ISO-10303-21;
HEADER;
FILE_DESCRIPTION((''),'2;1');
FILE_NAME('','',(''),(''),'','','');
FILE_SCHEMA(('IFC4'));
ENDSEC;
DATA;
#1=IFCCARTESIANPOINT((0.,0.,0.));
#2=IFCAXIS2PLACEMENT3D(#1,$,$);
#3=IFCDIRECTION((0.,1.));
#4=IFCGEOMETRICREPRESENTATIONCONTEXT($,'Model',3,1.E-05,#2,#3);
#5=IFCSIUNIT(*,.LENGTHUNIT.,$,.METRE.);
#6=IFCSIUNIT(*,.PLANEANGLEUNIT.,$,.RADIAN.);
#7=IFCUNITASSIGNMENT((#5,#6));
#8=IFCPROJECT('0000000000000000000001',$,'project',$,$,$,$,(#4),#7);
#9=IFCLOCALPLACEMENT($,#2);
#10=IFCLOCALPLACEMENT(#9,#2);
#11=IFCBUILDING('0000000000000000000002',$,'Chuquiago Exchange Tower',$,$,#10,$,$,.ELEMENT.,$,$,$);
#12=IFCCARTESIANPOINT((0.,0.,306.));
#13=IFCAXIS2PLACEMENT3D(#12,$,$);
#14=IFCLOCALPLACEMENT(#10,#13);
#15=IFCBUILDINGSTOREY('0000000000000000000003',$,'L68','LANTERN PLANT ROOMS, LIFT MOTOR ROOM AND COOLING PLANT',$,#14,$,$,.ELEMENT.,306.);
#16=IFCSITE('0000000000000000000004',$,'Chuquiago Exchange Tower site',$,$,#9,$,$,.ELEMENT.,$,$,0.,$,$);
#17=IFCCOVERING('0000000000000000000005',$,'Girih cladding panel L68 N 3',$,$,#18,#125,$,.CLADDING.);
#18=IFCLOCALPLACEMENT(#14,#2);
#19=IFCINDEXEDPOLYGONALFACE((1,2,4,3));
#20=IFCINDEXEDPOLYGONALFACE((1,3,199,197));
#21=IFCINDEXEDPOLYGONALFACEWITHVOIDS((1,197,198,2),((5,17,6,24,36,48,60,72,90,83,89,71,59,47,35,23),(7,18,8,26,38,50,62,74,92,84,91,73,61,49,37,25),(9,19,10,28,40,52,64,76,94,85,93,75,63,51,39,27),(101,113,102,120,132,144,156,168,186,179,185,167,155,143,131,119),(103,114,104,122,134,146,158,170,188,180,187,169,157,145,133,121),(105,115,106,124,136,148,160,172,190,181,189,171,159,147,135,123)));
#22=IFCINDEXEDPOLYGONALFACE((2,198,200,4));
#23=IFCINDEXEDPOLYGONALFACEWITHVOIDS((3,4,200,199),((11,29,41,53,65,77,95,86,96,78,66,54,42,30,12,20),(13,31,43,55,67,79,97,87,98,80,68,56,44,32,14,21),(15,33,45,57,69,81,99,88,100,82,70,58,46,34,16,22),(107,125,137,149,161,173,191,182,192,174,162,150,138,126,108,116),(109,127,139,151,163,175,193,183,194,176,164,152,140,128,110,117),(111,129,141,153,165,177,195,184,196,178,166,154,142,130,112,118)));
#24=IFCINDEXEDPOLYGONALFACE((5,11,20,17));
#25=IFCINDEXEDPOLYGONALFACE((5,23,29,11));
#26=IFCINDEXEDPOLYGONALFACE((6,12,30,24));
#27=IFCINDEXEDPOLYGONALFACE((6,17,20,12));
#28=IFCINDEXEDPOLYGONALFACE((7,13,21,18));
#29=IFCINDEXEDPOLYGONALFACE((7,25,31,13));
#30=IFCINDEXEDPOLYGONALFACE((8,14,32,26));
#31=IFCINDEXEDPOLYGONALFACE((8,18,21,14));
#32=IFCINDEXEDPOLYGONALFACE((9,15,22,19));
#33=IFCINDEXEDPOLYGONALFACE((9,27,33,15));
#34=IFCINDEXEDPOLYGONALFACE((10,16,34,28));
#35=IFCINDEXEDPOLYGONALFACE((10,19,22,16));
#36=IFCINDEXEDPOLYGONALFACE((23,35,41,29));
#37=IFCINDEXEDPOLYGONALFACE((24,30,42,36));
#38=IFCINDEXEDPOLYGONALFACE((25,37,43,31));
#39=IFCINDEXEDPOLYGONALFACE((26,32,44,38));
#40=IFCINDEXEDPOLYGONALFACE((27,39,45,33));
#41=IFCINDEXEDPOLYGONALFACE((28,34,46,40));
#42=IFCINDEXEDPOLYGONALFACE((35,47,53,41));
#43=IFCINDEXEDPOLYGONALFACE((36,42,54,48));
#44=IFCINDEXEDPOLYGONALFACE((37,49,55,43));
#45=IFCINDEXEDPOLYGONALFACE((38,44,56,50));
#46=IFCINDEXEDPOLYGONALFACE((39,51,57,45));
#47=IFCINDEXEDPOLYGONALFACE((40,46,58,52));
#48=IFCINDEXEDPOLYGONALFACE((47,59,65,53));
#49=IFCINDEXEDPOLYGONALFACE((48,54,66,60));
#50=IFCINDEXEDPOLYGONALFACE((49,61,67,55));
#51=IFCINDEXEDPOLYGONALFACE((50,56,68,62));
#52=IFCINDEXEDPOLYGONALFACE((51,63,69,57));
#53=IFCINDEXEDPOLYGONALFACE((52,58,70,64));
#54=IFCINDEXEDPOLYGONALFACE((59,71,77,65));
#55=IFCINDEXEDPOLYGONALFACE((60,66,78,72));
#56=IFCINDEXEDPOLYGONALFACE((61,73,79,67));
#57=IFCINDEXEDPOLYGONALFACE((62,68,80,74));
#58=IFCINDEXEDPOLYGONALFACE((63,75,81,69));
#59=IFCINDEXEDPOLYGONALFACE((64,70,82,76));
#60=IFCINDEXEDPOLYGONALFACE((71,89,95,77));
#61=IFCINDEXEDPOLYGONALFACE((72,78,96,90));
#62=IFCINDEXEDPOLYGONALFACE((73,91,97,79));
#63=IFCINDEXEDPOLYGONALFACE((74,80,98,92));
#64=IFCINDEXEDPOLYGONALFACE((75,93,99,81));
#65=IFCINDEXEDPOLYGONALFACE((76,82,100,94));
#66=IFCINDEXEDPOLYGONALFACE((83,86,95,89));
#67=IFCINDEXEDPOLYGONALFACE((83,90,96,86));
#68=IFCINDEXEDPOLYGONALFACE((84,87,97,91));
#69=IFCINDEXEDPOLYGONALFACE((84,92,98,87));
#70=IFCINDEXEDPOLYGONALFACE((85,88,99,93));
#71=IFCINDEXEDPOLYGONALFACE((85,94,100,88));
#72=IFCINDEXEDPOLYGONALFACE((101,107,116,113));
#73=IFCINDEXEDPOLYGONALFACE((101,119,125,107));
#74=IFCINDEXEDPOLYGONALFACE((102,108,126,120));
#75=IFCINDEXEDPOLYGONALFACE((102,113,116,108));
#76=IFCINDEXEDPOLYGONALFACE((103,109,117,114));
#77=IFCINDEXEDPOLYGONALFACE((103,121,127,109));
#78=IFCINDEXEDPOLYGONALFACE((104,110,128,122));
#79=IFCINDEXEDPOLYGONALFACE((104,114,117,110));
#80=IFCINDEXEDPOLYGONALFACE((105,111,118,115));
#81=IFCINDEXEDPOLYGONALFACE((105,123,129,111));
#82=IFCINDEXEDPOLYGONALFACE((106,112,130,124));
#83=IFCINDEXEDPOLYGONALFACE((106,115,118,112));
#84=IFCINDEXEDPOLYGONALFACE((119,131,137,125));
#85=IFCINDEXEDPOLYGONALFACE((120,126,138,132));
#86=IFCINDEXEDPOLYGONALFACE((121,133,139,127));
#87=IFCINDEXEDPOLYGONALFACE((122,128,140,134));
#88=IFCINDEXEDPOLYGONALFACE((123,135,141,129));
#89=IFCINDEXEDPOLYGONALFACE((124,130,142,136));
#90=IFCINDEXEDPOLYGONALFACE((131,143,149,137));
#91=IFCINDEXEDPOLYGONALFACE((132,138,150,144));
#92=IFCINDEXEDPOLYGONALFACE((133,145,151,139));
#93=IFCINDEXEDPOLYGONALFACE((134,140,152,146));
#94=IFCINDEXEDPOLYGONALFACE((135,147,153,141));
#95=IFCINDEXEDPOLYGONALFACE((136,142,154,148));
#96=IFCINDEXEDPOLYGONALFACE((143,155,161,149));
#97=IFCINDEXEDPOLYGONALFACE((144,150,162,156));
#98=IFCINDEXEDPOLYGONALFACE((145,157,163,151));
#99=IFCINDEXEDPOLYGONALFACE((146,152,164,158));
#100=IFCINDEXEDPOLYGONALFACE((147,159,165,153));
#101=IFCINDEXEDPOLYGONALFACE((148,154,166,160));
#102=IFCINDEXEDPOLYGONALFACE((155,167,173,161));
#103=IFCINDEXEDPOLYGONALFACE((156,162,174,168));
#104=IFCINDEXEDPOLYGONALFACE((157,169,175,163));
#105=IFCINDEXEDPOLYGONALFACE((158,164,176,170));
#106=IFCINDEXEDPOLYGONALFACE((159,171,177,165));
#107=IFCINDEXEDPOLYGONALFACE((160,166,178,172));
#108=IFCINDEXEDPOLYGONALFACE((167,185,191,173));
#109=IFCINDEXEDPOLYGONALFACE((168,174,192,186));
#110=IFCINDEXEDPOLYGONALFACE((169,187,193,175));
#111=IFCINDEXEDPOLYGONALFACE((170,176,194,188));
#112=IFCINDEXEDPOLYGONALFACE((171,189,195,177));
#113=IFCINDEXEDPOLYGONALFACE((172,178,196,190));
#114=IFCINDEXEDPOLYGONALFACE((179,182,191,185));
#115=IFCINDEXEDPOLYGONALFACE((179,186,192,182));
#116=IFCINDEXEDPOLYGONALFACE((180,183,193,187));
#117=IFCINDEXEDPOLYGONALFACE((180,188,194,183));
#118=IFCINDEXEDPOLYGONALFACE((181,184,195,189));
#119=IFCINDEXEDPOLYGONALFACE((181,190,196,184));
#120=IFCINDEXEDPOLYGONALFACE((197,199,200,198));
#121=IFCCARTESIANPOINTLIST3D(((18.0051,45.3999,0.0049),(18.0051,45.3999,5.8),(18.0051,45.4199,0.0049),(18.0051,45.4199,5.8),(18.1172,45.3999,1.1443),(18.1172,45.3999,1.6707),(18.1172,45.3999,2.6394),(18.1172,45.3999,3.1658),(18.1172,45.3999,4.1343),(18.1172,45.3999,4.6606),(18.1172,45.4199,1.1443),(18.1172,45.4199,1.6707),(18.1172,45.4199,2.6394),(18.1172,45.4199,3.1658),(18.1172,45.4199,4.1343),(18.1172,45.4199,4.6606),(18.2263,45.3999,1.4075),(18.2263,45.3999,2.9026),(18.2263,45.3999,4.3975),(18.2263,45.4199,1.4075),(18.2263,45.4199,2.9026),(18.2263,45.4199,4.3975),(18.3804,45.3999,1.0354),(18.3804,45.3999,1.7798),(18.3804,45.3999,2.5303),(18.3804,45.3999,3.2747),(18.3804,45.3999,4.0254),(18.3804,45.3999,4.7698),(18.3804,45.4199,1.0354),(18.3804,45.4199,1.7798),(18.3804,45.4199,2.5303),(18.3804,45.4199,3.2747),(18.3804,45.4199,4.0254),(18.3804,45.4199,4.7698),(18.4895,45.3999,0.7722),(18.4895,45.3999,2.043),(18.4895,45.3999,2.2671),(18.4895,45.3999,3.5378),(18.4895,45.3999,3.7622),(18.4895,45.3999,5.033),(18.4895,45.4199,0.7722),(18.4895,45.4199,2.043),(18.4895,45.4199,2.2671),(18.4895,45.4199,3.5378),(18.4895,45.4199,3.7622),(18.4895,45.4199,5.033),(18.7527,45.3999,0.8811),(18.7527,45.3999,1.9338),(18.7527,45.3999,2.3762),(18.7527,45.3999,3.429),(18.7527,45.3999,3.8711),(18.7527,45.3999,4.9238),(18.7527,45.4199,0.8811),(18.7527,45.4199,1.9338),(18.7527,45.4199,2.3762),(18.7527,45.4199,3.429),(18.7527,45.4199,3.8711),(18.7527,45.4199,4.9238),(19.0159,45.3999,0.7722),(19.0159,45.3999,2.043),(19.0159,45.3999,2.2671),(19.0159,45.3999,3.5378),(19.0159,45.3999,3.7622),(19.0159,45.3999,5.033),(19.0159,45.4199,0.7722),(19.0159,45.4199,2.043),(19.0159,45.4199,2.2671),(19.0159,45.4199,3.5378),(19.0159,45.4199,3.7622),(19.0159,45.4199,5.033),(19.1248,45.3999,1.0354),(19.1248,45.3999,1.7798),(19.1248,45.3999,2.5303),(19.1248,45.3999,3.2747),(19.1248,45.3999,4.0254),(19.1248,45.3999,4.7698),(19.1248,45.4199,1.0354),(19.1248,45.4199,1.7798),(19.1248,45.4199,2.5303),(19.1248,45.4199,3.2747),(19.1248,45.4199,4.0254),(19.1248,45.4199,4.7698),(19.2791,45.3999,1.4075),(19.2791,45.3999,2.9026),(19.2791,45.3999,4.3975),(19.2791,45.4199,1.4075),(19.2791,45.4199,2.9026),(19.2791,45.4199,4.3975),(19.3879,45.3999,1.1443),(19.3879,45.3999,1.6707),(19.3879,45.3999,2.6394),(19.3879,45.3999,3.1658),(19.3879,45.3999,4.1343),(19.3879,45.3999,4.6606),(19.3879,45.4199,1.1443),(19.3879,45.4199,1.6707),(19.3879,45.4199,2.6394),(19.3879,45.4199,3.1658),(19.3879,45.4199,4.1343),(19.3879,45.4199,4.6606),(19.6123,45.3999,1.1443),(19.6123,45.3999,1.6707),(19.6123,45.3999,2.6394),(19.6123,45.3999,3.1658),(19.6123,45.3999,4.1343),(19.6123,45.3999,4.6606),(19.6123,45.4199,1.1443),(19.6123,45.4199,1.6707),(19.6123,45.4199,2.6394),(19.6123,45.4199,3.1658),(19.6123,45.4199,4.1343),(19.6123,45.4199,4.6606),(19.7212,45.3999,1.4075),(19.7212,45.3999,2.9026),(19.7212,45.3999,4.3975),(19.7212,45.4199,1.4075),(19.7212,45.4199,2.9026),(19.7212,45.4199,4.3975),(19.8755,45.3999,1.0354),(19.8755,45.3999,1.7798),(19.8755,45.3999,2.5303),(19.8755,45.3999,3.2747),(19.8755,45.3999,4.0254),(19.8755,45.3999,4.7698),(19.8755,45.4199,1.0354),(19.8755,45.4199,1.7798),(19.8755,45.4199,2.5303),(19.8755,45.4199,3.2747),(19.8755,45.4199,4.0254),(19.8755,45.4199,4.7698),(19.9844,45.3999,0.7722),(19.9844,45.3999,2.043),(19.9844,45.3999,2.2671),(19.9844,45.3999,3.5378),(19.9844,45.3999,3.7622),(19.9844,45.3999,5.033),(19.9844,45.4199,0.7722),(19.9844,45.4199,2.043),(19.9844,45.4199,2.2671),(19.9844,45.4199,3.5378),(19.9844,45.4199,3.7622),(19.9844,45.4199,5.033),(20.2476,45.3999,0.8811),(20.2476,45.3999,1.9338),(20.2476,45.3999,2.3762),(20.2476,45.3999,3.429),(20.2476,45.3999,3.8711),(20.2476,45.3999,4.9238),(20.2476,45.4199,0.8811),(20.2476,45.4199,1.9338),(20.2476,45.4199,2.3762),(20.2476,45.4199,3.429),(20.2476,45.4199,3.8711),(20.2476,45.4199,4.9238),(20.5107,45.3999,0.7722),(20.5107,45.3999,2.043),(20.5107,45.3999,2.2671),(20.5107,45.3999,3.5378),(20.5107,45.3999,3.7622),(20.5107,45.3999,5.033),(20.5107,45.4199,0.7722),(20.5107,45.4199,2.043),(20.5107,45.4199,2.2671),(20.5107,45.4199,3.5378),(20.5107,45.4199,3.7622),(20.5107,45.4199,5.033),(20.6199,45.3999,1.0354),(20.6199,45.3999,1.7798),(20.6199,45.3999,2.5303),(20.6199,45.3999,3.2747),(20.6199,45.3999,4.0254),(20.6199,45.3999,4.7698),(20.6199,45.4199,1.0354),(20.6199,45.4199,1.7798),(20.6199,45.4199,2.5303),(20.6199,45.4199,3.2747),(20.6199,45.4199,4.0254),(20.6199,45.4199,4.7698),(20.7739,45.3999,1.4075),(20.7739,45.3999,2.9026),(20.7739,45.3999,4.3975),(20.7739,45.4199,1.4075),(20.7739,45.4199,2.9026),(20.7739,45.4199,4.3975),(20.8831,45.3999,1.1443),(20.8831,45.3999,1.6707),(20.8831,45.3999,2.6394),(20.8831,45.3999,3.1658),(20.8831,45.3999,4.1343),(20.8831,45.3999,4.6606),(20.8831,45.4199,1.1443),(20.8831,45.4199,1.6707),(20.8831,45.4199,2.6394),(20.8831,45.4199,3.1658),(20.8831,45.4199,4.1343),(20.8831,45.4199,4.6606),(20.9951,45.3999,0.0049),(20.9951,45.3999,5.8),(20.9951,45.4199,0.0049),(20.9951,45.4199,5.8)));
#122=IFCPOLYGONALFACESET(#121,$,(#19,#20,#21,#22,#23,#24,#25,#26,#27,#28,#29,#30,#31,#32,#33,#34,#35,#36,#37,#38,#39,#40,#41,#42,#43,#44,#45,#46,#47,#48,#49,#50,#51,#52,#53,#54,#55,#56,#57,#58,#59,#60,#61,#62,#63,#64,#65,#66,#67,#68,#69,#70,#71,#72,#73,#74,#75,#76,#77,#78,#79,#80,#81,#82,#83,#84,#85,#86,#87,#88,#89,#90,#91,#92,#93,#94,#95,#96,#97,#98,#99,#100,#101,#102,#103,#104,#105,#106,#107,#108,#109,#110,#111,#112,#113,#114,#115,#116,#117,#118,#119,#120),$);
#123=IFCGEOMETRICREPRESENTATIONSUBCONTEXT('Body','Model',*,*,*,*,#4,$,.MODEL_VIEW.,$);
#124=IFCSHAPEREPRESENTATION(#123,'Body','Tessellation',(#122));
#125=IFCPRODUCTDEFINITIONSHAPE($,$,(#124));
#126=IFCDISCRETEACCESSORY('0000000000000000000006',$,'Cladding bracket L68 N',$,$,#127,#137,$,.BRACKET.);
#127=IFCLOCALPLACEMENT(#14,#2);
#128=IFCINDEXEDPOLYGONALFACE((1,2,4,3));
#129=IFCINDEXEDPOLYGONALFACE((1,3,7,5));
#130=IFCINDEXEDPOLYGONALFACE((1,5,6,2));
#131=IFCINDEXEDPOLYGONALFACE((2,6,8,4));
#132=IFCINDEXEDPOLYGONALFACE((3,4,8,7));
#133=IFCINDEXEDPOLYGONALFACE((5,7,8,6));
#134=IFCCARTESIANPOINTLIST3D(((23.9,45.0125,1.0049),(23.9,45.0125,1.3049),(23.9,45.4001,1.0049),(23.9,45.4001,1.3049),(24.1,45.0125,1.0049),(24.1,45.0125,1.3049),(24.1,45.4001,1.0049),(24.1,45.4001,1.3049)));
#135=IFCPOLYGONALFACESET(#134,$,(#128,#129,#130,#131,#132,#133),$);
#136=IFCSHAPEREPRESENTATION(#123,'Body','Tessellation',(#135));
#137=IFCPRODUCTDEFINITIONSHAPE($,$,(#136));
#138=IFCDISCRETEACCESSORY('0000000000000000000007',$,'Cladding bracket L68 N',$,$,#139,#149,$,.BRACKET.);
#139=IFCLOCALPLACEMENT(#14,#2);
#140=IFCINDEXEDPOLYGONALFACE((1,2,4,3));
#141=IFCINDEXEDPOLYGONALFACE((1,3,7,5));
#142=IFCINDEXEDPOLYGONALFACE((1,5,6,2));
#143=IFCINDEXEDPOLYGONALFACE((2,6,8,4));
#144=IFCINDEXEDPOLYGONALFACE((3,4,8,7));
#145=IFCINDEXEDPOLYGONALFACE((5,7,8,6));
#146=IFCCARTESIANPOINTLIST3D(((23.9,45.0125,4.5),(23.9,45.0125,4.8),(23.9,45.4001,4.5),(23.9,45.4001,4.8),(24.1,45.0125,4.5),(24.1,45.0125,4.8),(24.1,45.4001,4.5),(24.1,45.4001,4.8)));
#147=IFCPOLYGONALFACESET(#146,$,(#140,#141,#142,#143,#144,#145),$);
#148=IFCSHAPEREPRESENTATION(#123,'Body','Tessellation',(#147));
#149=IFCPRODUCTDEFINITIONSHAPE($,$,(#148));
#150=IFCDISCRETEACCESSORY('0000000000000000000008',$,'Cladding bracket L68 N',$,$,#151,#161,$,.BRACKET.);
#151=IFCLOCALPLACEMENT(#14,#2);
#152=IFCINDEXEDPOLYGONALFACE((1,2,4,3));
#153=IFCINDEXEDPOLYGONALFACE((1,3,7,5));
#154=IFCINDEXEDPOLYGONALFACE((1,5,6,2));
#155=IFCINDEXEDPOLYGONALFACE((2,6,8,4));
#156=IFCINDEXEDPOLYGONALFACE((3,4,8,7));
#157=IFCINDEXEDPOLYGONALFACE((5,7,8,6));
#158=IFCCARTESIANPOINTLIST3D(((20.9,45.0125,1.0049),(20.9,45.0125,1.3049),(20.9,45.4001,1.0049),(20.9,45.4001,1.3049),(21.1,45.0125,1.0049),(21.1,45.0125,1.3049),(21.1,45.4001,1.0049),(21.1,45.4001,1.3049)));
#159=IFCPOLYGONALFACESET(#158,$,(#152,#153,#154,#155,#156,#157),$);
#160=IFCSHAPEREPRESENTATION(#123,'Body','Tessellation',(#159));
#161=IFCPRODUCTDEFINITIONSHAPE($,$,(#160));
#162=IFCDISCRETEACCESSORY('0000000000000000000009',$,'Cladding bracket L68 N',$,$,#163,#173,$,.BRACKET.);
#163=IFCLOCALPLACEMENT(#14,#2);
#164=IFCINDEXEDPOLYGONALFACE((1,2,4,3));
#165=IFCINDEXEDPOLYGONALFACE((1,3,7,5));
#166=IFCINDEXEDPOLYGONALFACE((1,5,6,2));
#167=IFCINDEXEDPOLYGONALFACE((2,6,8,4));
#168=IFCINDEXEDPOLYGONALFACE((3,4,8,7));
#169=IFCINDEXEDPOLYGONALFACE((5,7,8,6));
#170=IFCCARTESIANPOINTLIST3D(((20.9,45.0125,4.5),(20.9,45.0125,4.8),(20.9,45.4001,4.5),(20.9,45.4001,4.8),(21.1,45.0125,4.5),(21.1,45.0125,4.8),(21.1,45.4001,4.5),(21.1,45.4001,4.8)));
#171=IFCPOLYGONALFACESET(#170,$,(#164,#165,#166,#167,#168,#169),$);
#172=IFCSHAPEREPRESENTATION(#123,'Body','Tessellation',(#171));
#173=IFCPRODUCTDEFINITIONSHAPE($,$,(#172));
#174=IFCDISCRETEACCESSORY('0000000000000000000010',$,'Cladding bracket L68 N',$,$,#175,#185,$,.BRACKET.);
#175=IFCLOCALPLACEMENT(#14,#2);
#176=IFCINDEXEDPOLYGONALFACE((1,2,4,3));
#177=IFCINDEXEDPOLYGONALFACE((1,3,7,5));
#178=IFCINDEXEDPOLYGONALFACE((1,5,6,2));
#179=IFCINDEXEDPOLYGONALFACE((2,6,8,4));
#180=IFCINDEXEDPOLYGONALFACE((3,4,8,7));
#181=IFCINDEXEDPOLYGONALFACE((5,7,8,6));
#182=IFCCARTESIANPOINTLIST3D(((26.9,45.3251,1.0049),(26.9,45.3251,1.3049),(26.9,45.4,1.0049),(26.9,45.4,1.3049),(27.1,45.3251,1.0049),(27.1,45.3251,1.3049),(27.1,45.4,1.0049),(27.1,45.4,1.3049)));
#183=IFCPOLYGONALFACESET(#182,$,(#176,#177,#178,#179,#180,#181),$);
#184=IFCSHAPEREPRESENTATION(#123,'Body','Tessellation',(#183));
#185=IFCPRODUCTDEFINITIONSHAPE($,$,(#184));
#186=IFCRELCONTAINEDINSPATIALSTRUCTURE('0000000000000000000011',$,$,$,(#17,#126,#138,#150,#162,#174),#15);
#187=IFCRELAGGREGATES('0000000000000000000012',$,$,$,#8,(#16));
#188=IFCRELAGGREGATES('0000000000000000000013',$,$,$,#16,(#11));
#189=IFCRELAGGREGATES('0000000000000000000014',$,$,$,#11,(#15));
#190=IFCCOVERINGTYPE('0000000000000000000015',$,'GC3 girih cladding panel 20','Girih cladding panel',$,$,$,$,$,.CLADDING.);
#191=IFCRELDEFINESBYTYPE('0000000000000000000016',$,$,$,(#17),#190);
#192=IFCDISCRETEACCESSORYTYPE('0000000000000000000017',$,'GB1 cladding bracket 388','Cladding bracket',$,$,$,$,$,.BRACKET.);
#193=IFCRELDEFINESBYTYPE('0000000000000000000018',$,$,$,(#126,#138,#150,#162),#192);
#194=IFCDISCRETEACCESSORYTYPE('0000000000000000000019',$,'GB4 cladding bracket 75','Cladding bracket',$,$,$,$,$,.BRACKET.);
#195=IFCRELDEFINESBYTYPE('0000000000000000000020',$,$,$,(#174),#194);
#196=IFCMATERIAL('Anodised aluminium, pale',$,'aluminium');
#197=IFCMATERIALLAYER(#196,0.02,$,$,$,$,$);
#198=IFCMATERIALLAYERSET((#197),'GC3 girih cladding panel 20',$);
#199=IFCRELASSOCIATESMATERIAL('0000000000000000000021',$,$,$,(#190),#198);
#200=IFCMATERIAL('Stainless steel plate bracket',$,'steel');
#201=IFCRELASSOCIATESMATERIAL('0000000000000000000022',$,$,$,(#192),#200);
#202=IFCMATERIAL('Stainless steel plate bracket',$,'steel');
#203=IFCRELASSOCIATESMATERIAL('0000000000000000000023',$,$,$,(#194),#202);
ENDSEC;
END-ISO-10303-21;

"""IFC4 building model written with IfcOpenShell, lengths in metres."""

from ifc_helpers import new_model, si_unit, direction, frame, origin, origin_2d, place, context, subcontext, project, spatial, polyline, rectangle, outline, extrude, material, layer, layer_set, type_object, element, save


model = new_model("IFC4")

# Units and contexts
model_context = context("Model", 3, precision=1e-05, world=origin(), true_north=direction((0.0, 1.0)))
body_context = subcontext(model_context, "Body", "Model", "MODEL_VIEW")
ifc_project = project(units=[si_unit("LENGTHUNIT", "METRE"), si_unit("PLANEANGLEUNIT", "RADIAN")], contexts=[model_context])

# Site, building, storey
site_placement = place(None, origin())
site = spatial("IfcSite", under=ifc_project, at=site_placement, Name="Chuquiago Exchange Tower site", CompositionType="ELEMENT", RefElevation=0.0)
building_placement = place(site_placement, origin())
building = spatial("IfcBuilding", under=site, at=building_placement, Name="Chuquiago Exchange Tower", CompositionType="ELEMENT")
storey_placement = place(building_placement, frame((0.0, 0.0, 306.0)))
storey = spatial("IfcBuildingStorey", under=building, at=storey_placement, Name="L68", Description="LANTERN PLANT ROOMS, LIFT MOTOR ROOM AND COOLING PLANT", CompositionType="ELEMENT", Elevation=306.0)

# Covering
ifc_material_1 = material(Name="Anodised aluminium, pale", Category="aluminium")
ifc_layer_1 = layer(ifc_material_1, 0.02)
ifc_layer_set_1 = layer_set([ifc_layer_1], Name="GC3 girih cladding panel 20")
covering_type = type_object("IfcCoveringType", Name="GC3 girih cladding panel 20", Description="Girih cladding panel", PredefinedType="CLADDING", material=ifc_layer_set_1)
covering_1_placement = place(storey_placement, frame((20.9951, 45.3999, 0.0049), z_axis=(0.0, 0.0, 1.0), x_axis=(-1.0, 0.0, 0.0)))
element("IfcCovering", 1, at=covering_1_placement, inside=storey, type_object=covering_type, Name="Girih cladding panel L68 N 3", PredefinedType="CLADDING", context=body_context, shape_type="SweptSolid", body=[
    extrude(outline(polyline([(0.0, 0.0), (2.99, 0.0), (2.99, 5.7952), (0.0, 5.7952), (0.0, 0.0)]), holes=[polyline([(1.2739, 1.4026), (1.3828, 1.6658), (1.1196, 1.7749), (1.0107, 2.0381), (0.7476, 1.929), (0.4844, 2.0381), (0.3752, 1.7749), (0.1121, 1.6658), (0.2212, 1.4026), (0.1121, 1.1394), (0.3752, 1.0305), (0.4844, 0.7673), (0.7476, 0.8762), (1.0107, 0.7673), (1.1196, 1.0305), (1.3828, 1.1394), (1.2739, 1.4026)]), polyline([(2.7688, 1.4026), (2.8779, 1.6658), (2.6147, 1.7749), (2.5056, 2.0381), (2.2424, 1.929), (1.9792, 2.0381), (1.8704, 1.7749), (1.6072, 1.6658), (1.7161, 1.4026), (1.6072, 1.1394), (1.8704, 1.0305), (1.9792, 0.7673), (2.2424, 0.8762), (2.5056, 0.7673), (2.6147, 1.0305), (2.8779, 1.1394), (2.7688, 1.4026)]), polyline([(1.2739, 2.8977), (1.3828, 3.1609), (1.1196, 3.2698), (1.0107, 3.533), (0.7476, 3.4241), (0.4844, 3.533), (0.3752, 3.2698), (0.1121, 3.1609), (0.2212, 2.8977), (0.1121, 2.6345), (0.3752, 2.5254), (0.4844, 2.2622), (0.7476, 2.3713), (1.0107, 2.2622), (1.1196, 2.5254), (1.3828, 2.6345), (1.2739, 2.8977)]), polyline([(2.7688, 2.8977), (2.8779, 3.1609), (2.6147, 3.2698), (2.5056, 3.533), (2.2424, 3.4241), (1.9792, 3.533), (1.8704, 3.2698), (1.6072, 3.1609), (1.7161, 2.8977), (1.6072, 2.6345), (1.8704, 2.5254), (1.9792, 2.2622), (2.2424, 2.3713), (2.5056, 2.2622), (2.6147, 2.5254), (2.8779, 2.6345), (2.7688, 2.8977)]), polyline([(1.2739, 4.3926), (1.3828, 4.6558), (1.1196, 4.7649), (1.0107, 5.0281), (0.7476, 4.9189), (0.4844, 5.0281), (0.3752, 4.7649), (0.1121, 4.6558), (0.2212, 4.3926), (0.1121, 4.1294), (0.3752, 4.0205), (0.4844, 3.7573), (0.7476, 3.8662), (1.0107, 3.7573), (1.1196, 4.0205), (1.3828, 4.1294), (1.2739, 4.3926)]), polyline([(2.7688, 4.3926), (2.8779, 4.6558), (2.6147, 4.7649), (2.5056, 5.0281), (2.2424, 4.9189), (1.9792, 5.0281), (1.8704, 4.7649), (1.6072, 4.6558), (1.7161, 4.3926), (1.6072, 4.1294), (1.8704, 4.0205), (1.9792, 3.7573), (2.2424, 3.8662), (2.5056, 3.7573), (2.6147, 4.0205), (2.8779, 4.1294), (2.7688, 4.3926)])]), frame((0.0, 0.0, 0.0), z_axis=(0.0, -1.0, 0.0), x_axis=(1.0, 0.0, 0.0)), (0.0, 0.0, 1.0), 0.02),
])

# Discrete accessories
ifc_material_2 = material(Name="Stainless steel plate bracket", Category="steel")
discrete_accessory_type_1 = type_object("IfcDiscreteAccessoryType", Name="GB1 cladding bracket 388", Description="Cladding bracket", PredefinedType="BRACKET", material=ifc_material_2)
for number, where, z_axis, x_axis, name in (
    (2, (24.0, 45.2063, 1.0049), (0.0, 0.0, 1.0), (-1.0, 0.0, 0.0), "Cladding bracket L68 N"),
    (3, (24.0, 45.2063, 4.5), (0.0, 0.0, 1.0), (-1.0, 0.0, 0.0), "Cladding bracket L68 N"),
    (4, (21.0, 45.2063, 1.0049), (0.0, 0.0, 1.0), (-1.0, 0.0, 0.0), "Cladding bracket L68 N"),
    (5, (21.0, 45.2063, 4.5), (0.0, 0.0, 1.0), (-1.0, 0.0, 0.0), "Cladding bracket L68 N"),
):
    element("IfcDiscreteAccessory", number, at=place(storey_placement, frame(where, z_axis=z_axis, x_axis=x_axis)), inside=storey, type_object=discrete_accessory_type_1, Name=name, PredefinedType="BRACKET", context=body_context, shape_type="SweptSolid", body=[
        extrude(rectangle(XDim=0.2, YDim=0.3877, at=origin_2d()), origin(), (0.0, 0.0, 1.0), 0.3),
    ])
ifc_material_3 = material(Name="Stainless steel plate bracket", Category="steel")
discrete_accessory_type_2 = type_object("IfcDiscreteAccessoryType", Name="GB4 cladding bracket 75", Description="Cladding bracket", PredefinedType="BRACKET", material=ifc_material_3)
for number, where, z_axis, x_axis, name in (
    (6, (27.0, 45.3625, 1.0049), (0.0, 0.0, 1.0), (-1.0, 0.0, 0.0), "Cladding bracket L68 N"),
):
    element("IfcDiscreteAccessory", number, at=place(storey_placement, frame(where, z_axis=z_axis, x_axis=x_axis)), inside=storey, type_object=discrete_accessory_type_2, Name=name, PredefinedType="BRACKET", context=body_context, shape_type="SweptSolid", body=[
        extrude(rectangle(XDim=0.2, YDim=0.075, at=origin_2d()), origin(), (0.0, 0.0, 1.0), 0.3),
    ])

save(model, "model.ifc")
